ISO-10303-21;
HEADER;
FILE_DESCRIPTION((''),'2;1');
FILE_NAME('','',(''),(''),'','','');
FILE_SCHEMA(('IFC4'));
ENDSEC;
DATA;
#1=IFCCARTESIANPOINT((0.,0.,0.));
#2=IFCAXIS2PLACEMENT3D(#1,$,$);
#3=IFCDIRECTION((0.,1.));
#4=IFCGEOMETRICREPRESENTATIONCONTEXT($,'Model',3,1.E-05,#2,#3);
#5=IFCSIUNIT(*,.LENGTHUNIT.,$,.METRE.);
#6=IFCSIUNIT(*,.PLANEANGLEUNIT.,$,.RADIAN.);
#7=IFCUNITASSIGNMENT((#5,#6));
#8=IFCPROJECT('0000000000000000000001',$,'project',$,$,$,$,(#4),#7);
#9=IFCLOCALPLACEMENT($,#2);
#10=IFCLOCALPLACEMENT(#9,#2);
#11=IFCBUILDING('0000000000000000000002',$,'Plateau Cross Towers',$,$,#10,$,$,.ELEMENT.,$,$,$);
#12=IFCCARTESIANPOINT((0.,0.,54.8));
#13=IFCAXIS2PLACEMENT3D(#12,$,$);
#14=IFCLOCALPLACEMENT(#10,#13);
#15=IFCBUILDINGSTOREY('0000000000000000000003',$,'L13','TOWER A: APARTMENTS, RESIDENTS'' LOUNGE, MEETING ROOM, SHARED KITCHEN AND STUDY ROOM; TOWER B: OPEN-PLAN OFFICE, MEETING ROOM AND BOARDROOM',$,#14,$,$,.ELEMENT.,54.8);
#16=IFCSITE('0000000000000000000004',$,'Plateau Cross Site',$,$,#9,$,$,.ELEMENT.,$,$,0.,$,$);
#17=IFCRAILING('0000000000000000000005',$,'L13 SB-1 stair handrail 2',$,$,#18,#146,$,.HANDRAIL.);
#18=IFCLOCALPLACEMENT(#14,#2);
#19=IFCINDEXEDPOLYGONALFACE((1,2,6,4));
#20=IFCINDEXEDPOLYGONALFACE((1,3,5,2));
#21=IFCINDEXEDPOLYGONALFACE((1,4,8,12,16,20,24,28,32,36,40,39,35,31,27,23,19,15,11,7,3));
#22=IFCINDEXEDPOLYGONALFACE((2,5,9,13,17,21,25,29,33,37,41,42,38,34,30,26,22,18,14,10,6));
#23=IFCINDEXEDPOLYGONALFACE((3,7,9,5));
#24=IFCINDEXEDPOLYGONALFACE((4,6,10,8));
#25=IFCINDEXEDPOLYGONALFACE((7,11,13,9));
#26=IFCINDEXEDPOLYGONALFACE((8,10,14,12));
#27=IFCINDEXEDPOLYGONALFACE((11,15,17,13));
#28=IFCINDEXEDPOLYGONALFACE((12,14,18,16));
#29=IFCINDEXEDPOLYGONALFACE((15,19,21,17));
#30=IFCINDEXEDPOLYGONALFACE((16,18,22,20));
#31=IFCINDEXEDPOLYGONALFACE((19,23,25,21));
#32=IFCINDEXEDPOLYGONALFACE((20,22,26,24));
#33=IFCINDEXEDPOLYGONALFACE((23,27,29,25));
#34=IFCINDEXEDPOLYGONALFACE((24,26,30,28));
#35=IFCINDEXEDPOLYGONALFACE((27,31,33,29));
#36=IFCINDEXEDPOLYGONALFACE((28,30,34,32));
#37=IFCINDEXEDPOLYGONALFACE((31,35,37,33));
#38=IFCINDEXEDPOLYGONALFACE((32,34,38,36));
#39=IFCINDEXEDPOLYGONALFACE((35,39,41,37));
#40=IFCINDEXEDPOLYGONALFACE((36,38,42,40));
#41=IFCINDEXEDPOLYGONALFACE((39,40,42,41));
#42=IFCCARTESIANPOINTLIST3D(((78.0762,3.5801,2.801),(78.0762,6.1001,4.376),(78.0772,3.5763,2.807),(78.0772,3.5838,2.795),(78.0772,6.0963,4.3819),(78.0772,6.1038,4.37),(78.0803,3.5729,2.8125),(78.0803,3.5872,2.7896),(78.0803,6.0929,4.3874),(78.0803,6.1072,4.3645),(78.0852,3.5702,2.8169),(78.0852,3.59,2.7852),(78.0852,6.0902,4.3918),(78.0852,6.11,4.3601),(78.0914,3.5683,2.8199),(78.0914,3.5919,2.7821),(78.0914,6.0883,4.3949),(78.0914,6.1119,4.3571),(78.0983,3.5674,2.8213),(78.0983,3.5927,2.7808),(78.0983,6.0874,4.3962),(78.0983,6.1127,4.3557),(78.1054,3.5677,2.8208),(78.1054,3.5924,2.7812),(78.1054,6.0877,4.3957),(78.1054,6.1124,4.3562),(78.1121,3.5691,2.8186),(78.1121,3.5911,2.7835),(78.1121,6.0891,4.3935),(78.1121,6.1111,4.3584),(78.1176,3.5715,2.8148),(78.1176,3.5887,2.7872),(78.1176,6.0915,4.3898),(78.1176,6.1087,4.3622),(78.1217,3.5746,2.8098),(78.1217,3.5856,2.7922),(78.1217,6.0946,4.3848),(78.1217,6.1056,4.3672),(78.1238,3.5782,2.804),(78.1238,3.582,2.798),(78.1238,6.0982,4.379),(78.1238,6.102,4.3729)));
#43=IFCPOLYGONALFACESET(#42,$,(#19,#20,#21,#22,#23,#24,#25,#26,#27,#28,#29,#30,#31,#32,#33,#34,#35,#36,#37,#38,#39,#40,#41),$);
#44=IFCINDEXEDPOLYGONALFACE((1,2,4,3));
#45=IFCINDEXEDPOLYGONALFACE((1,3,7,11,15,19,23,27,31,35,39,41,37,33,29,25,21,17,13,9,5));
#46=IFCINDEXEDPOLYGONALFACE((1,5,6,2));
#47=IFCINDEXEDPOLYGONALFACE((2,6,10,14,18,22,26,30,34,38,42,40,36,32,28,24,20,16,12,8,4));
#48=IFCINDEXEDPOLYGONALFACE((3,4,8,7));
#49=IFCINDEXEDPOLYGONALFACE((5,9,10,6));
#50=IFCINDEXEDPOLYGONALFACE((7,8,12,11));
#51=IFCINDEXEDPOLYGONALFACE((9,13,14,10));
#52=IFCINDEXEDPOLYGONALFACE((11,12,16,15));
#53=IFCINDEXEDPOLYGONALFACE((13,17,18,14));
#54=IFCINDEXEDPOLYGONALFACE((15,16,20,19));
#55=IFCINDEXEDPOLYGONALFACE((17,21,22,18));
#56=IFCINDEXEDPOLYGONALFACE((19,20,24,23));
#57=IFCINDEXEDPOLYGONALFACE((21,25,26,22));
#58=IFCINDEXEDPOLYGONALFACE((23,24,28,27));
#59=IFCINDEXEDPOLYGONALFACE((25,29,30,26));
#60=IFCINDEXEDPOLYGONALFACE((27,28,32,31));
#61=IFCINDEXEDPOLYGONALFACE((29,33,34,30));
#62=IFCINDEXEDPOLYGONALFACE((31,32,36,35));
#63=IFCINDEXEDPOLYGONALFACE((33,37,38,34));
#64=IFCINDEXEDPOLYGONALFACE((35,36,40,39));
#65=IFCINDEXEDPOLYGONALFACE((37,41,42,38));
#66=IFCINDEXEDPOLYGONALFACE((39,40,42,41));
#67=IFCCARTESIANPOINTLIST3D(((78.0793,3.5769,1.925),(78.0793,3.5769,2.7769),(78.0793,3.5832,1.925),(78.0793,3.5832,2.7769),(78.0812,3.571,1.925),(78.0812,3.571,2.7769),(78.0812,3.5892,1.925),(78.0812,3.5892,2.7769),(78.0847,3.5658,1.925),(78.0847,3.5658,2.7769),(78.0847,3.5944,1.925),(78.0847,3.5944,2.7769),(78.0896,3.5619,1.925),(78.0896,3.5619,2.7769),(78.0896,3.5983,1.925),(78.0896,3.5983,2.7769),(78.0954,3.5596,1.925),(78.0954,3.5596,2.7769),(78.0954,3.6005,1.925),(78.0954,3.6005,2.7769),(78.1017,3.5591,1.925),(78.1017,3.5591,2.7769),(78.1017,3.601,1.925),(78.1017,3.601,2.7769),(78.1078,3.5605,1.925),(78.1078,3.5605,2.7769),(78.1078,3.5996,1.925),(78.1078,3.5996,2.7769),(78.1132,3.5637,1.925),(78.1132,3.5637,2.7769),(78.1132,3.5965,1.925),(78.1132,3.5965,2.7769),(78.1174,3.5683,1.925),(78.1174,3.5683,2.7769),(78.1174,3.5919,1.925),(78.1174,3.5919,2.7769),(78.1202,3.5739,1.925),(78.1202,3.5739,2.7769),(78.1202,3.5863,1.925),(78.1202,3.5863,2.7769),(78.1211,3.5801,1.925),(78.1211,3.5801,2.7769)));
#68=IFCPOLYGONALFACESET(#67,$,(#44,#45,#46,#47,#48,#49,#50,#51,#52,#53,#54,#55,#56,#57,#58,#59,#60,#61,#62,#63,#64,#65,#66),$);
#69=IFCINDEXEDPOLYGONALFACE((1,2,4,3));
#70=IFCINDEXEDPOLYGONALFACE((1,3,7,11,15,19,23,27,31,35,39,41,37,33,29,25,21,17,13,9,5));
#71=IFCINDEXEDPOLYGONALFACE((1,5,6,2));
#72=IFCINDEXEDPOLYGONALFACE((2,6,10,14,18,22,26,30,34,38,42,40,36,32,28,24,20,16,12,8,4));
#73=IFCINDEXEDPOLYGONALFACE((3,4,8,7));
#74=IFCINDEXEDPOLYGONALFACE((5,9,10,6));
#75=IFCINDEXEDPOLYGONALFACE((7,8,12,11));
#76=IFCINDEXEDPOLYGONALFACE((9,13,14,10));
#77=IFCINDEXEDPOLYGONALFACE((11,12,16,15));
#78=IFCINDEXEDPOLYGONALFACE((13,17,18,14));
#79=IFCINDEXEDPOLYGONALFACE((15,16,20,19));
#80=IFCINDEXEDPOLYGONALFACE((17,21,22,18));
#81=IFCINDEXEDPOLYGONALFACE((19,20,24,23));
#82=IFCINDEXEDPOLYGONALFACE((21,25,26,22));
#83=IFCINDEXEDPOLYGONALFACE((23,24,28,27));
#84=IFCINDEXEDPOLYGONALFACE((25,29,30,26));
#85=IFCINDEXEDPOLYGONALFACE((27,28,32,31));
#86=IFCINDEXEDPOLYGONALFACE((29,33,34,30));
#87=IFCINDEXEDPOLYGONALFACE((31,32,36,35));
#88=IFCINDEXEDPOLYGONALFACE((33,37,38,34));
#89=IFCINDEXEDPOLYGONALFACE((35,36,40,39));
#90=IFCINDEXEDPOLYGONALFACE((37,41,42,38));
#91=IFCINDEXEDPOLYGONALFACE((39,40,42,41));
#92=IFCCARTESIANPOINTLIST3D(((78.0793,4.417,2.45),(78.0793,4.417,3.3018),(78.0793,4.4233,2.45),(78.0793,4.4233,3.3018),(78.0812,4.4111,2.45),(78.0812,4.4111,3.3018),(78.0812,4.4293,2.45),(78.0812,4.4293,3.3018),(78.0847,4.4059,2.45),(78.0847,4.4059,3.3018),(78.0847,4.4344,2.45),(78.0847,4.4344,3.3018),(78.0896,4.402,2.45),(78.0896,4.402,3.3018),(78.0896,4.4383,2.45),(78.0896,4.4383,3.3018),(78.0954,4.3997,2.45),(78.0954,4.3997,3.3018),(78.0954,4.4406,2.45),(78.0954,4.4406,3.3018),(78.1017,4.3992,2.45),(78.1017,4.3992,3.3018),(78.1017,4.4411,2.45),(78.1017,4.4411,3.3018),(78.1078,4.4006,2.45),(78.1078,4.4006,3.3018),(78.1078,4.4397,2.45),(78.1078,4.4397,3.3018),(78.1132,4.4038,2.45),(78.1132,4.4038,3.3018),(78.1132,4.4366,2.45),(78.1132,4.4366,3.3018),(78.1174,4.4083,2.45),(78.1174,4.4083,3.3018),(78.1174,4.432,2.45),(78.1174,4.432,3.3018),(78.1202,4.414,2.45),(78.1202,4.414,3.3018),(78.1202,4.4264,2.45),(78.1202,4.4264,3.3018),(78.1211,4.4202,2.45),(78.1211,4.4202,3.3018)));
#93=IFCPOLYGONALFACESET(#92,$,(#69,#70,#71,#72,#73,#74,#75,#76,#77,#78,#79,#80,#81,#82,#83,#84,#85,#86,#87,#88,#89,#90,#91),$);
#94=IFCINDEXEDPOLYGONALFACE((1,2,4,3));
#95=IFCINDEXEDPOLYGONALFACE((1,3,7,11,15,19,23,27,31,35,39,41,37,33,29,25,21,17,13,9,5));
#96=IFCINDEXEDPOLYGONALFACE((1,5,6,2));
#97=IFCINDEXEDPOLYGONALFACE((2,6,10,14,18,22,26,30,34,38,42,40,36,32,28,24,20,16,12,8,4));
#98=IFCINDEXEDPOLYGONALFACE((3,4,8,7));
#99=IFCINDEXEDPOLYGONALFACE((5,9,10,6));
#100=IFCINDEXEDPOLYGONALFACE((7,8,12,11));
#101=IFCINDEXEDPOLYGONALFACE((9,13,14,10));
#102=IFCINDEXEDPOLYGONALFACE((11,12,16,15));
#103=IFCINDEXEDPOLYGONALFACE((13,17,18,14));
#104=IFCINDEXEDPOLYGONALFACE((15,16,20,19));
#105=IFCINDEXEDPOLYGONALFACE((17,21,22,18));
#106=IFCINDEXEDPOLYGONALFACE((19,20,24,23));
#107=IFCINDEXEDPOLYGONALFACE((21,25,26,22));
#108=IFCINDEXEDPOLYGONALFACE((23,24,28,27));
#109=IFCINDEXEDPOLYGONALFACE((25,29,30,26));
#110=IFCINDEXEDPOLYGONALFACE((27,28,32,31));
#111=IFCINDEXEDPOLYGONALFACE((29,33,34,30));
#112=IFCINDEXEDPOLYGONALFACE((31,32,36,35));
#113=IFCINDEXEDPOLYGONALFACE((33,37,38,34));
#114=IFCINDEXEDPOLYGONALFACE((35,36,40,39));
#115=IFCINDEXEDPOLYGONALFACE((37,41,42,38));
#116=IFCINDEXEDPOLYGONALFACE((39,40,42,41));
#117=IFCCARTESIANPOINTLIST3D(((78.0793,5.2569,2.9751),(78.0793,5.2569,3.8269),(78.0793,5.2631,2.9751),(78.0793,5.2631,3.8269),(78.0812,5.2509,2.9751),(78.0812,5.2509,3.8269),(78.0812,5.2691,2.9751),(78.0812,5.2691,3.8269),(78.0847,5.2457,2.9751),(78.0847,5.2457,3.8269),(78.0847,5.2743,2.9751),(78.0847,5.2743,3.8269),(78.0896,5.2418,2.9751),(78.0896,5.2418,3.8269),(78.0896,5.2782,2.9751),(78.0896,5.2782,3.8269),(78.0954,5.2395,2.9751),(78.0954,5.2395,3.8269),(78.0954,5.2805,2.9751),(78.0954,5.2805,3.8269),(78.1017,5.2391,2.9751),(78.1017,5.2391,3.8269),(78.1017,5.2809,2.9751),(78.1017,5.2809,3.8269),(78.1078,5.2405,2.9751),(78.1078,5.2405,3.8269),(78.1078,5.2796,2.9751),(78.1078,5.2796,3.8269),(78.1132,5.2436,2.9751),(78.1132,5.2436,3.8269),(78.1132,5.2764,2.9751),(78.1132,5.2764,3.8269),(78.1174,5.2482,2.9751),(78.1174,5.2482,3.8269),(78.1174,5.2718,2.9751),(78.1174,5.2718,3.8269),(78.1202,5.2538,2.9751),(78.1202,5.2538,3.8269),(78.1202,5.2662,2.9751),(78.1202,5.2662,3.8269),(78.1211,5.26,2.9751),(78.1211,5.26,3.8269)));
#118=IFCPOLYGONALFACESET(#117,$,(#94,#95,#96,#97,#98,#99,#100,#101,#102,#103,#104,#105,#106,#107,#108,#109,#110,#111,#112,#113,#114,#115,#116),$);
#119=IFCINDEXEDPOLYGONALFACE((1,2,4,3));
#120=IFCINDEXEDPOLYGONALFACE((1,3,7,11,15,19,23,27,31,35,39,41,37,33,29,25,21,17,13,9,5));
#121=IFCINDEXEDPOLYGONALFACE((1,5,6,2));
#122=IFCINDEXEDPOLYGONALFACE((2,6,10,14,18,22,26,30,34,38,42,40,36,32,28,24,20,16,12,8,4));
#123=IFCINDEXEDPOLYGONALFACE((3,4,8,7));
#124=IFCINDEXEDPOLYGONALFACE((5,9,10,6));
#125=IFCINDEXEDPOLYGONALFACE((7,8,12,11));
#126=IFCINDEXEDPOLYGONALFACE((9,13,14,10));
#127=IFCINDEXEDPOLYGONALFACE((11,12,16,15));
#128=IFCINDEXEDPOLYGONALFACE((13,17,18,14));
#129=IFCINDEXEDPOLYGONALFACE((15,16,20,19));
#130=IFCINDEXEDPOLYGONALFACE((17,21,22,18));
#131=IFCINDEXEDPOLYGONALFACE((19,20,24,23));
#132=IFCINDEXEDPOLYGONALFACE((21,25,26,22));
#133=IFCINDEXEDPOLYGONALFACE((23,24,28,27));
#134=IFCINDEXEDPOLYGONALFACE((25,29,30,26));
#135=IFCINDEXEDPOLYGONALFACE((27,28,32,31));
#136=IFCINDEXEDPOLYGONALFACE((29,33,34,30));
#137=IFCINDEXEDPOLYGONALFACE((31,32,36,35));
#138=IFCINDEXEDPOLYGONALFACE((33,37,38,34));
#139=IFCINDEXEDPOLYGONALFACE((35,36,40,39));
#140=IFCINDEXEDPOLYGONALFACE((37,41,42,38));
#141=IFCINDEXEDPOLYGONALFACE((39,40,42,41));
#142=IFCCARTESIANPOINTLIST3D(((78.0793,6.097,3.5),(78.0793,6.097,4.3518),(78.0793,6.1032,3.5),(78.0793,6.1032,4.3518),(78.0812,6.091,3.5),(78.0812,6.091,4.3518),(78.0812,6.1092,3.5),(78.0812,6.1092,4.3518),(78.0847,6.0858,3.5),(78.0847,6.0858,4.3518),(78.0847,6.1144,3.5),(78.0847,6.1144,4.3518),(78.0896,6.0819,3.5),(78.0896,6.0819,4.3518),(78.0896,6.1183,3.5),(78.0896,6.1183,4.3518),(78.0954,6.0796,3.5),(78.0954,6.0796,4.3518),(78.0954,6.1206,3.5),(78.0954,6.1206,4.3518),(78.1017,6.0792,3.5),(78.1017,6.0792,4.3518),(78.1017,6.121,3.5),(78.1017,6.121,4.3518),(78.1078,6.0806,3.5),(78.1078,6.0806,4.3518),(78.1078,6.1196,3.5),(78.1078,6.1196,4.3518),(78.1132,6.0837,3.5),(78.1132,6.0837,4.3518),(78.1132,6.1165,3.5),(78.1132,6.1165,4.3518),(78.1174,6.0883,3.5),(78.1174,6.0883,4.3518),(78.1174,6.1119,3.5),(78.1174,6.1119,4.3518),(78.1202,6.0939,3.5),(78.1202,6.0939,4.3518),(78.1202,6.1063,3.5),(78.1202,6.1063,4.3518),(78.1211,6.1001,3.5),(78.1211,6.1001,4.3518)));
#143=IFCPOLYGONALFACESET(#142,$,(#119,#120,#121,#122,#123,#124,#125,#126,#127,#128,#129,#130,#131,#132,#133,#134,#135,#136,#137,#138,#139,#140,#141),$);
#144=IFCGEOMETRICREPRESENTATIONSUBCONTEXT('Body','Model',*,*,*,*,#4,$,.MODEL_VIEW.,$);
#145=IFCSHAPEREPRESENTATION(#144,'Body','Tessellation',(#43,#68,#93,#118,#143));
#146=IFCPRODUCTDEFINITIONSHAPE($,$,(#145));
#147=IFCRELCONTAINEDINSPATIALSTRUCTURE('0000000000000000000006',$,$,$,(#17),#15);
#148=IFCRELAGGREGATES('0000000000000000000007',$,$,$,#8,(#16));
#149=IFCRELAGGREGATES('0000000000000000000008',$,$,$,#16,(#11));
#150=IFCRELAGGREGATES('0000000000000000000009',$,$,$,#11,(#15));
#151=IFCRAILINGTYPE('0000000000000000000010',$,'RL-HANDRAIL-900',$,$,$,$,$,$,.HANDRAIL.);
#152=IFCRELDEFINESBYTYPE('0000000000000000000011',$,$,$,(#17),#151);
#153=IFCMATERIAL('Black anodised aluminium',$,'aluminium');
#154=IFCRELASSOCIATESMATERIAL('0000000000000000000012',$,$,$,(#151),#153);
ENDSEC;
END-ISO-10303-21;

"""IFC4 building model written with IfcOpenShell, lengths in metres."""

from ifc_helpers import new_model, si_unit, direction, frame, origin, origin_2d, place, context, subcontext, project, spatial, circle, extrude, material, type_object, element, save


model = new_model("IFC4")

# Units and contexts
model_context = context("Model", 3, precision=1e-05, world=origin(), true_north=direction((0.0, 1.0)))
body_context = subcontext(model_context, "Body", "Model", "MODEL_VIEW")
ifc_project = project(units=[si_unit("LENGTHUNIT", "METRE"), si_unit("PLANEANGLEUNIT", "RADIAN")], contexts=[model_context])

# Site, building, storey
site_placement = place(None, origin())
site = spatial("IfcSite", under=ifc_project, at=site_placement, Name="Plateau Cross Site", CompositionType="ELEMENT", RefElevation=0.0)
building_placement = place(site_placement, origin())
building = spatial("IfcBuilding", under=site, at=building_placement, Name="Plateau Cross Towers", CompositionType="ELEMENT")
storey_placement = place(building_placement, frame((0.0, 0.0, 54.8)))
storey = spatial("IfcBuildingStorey", under=building, at=storey_placement, Name="L13", Description="TOWER A: APARTMENTS, RESIDENTS' LOUNGE, MEETING ROOM, SHARED KITCHEN AND STUDY ROOM; TOWER B: OPEN-PLAN OFFICE, MEETING ROOM AND BOARDROOM", CompositionType="ELEMENT", Elevation=54.8)

# Railing
ifc_material_1 = material(Name="Black anodised aluminium", Category="aluminium")
railing_type_1 = type_object("IfcRailingType", Name="RL-HANDRAIL-900", PredefinedType="HANDRAIL", material=ifc_material_1)
railing_1_placement = place(storey_placement, frame((78.1001, 3.5801, 1.925)))
element("IfcRailing", 1, at=railing_1_placement, inside=storey, type_object=railing_type_1, Name="L13 SB-1 stair handrail 2", PredefinedType="HANDRAIL", context=body_context, shape_type="SweptSolid", body=[
    extrude(circle(Radius=0.0239, at=origin_2d()), frame((0.0, 0.0, 0.876), z_axis=(0.0, 0.848008, 0.529984), x_axis=(-1.0, 0.0, 0.0)), (0.0, 0.0, 1.0), 2.9717),
    extrude(circle(Radius=0.021, at=origin_2d()), origin(), (0.0, 0.0, 1.0), 0.8518),
    extrude(circle(Radius=0.021, at=origin_2d()), frame((0.0, 0.8401, 0.5249)), (0.0, 0.0, 1.0), 0.8518),
    extrude(circle(Radius=0.021, at=origin_2d()), frame((0.0, 1.6799, 1.05)), (0.0, 0.0, 1.0), 0.8518),
    extrude(circle(Radius=0.021, at=origin_2d()), frame((0.0, 2.52, 1.575)), (0.0, 0.0, 1.0), 0.8518),
])

save(model, "model.ifc")
